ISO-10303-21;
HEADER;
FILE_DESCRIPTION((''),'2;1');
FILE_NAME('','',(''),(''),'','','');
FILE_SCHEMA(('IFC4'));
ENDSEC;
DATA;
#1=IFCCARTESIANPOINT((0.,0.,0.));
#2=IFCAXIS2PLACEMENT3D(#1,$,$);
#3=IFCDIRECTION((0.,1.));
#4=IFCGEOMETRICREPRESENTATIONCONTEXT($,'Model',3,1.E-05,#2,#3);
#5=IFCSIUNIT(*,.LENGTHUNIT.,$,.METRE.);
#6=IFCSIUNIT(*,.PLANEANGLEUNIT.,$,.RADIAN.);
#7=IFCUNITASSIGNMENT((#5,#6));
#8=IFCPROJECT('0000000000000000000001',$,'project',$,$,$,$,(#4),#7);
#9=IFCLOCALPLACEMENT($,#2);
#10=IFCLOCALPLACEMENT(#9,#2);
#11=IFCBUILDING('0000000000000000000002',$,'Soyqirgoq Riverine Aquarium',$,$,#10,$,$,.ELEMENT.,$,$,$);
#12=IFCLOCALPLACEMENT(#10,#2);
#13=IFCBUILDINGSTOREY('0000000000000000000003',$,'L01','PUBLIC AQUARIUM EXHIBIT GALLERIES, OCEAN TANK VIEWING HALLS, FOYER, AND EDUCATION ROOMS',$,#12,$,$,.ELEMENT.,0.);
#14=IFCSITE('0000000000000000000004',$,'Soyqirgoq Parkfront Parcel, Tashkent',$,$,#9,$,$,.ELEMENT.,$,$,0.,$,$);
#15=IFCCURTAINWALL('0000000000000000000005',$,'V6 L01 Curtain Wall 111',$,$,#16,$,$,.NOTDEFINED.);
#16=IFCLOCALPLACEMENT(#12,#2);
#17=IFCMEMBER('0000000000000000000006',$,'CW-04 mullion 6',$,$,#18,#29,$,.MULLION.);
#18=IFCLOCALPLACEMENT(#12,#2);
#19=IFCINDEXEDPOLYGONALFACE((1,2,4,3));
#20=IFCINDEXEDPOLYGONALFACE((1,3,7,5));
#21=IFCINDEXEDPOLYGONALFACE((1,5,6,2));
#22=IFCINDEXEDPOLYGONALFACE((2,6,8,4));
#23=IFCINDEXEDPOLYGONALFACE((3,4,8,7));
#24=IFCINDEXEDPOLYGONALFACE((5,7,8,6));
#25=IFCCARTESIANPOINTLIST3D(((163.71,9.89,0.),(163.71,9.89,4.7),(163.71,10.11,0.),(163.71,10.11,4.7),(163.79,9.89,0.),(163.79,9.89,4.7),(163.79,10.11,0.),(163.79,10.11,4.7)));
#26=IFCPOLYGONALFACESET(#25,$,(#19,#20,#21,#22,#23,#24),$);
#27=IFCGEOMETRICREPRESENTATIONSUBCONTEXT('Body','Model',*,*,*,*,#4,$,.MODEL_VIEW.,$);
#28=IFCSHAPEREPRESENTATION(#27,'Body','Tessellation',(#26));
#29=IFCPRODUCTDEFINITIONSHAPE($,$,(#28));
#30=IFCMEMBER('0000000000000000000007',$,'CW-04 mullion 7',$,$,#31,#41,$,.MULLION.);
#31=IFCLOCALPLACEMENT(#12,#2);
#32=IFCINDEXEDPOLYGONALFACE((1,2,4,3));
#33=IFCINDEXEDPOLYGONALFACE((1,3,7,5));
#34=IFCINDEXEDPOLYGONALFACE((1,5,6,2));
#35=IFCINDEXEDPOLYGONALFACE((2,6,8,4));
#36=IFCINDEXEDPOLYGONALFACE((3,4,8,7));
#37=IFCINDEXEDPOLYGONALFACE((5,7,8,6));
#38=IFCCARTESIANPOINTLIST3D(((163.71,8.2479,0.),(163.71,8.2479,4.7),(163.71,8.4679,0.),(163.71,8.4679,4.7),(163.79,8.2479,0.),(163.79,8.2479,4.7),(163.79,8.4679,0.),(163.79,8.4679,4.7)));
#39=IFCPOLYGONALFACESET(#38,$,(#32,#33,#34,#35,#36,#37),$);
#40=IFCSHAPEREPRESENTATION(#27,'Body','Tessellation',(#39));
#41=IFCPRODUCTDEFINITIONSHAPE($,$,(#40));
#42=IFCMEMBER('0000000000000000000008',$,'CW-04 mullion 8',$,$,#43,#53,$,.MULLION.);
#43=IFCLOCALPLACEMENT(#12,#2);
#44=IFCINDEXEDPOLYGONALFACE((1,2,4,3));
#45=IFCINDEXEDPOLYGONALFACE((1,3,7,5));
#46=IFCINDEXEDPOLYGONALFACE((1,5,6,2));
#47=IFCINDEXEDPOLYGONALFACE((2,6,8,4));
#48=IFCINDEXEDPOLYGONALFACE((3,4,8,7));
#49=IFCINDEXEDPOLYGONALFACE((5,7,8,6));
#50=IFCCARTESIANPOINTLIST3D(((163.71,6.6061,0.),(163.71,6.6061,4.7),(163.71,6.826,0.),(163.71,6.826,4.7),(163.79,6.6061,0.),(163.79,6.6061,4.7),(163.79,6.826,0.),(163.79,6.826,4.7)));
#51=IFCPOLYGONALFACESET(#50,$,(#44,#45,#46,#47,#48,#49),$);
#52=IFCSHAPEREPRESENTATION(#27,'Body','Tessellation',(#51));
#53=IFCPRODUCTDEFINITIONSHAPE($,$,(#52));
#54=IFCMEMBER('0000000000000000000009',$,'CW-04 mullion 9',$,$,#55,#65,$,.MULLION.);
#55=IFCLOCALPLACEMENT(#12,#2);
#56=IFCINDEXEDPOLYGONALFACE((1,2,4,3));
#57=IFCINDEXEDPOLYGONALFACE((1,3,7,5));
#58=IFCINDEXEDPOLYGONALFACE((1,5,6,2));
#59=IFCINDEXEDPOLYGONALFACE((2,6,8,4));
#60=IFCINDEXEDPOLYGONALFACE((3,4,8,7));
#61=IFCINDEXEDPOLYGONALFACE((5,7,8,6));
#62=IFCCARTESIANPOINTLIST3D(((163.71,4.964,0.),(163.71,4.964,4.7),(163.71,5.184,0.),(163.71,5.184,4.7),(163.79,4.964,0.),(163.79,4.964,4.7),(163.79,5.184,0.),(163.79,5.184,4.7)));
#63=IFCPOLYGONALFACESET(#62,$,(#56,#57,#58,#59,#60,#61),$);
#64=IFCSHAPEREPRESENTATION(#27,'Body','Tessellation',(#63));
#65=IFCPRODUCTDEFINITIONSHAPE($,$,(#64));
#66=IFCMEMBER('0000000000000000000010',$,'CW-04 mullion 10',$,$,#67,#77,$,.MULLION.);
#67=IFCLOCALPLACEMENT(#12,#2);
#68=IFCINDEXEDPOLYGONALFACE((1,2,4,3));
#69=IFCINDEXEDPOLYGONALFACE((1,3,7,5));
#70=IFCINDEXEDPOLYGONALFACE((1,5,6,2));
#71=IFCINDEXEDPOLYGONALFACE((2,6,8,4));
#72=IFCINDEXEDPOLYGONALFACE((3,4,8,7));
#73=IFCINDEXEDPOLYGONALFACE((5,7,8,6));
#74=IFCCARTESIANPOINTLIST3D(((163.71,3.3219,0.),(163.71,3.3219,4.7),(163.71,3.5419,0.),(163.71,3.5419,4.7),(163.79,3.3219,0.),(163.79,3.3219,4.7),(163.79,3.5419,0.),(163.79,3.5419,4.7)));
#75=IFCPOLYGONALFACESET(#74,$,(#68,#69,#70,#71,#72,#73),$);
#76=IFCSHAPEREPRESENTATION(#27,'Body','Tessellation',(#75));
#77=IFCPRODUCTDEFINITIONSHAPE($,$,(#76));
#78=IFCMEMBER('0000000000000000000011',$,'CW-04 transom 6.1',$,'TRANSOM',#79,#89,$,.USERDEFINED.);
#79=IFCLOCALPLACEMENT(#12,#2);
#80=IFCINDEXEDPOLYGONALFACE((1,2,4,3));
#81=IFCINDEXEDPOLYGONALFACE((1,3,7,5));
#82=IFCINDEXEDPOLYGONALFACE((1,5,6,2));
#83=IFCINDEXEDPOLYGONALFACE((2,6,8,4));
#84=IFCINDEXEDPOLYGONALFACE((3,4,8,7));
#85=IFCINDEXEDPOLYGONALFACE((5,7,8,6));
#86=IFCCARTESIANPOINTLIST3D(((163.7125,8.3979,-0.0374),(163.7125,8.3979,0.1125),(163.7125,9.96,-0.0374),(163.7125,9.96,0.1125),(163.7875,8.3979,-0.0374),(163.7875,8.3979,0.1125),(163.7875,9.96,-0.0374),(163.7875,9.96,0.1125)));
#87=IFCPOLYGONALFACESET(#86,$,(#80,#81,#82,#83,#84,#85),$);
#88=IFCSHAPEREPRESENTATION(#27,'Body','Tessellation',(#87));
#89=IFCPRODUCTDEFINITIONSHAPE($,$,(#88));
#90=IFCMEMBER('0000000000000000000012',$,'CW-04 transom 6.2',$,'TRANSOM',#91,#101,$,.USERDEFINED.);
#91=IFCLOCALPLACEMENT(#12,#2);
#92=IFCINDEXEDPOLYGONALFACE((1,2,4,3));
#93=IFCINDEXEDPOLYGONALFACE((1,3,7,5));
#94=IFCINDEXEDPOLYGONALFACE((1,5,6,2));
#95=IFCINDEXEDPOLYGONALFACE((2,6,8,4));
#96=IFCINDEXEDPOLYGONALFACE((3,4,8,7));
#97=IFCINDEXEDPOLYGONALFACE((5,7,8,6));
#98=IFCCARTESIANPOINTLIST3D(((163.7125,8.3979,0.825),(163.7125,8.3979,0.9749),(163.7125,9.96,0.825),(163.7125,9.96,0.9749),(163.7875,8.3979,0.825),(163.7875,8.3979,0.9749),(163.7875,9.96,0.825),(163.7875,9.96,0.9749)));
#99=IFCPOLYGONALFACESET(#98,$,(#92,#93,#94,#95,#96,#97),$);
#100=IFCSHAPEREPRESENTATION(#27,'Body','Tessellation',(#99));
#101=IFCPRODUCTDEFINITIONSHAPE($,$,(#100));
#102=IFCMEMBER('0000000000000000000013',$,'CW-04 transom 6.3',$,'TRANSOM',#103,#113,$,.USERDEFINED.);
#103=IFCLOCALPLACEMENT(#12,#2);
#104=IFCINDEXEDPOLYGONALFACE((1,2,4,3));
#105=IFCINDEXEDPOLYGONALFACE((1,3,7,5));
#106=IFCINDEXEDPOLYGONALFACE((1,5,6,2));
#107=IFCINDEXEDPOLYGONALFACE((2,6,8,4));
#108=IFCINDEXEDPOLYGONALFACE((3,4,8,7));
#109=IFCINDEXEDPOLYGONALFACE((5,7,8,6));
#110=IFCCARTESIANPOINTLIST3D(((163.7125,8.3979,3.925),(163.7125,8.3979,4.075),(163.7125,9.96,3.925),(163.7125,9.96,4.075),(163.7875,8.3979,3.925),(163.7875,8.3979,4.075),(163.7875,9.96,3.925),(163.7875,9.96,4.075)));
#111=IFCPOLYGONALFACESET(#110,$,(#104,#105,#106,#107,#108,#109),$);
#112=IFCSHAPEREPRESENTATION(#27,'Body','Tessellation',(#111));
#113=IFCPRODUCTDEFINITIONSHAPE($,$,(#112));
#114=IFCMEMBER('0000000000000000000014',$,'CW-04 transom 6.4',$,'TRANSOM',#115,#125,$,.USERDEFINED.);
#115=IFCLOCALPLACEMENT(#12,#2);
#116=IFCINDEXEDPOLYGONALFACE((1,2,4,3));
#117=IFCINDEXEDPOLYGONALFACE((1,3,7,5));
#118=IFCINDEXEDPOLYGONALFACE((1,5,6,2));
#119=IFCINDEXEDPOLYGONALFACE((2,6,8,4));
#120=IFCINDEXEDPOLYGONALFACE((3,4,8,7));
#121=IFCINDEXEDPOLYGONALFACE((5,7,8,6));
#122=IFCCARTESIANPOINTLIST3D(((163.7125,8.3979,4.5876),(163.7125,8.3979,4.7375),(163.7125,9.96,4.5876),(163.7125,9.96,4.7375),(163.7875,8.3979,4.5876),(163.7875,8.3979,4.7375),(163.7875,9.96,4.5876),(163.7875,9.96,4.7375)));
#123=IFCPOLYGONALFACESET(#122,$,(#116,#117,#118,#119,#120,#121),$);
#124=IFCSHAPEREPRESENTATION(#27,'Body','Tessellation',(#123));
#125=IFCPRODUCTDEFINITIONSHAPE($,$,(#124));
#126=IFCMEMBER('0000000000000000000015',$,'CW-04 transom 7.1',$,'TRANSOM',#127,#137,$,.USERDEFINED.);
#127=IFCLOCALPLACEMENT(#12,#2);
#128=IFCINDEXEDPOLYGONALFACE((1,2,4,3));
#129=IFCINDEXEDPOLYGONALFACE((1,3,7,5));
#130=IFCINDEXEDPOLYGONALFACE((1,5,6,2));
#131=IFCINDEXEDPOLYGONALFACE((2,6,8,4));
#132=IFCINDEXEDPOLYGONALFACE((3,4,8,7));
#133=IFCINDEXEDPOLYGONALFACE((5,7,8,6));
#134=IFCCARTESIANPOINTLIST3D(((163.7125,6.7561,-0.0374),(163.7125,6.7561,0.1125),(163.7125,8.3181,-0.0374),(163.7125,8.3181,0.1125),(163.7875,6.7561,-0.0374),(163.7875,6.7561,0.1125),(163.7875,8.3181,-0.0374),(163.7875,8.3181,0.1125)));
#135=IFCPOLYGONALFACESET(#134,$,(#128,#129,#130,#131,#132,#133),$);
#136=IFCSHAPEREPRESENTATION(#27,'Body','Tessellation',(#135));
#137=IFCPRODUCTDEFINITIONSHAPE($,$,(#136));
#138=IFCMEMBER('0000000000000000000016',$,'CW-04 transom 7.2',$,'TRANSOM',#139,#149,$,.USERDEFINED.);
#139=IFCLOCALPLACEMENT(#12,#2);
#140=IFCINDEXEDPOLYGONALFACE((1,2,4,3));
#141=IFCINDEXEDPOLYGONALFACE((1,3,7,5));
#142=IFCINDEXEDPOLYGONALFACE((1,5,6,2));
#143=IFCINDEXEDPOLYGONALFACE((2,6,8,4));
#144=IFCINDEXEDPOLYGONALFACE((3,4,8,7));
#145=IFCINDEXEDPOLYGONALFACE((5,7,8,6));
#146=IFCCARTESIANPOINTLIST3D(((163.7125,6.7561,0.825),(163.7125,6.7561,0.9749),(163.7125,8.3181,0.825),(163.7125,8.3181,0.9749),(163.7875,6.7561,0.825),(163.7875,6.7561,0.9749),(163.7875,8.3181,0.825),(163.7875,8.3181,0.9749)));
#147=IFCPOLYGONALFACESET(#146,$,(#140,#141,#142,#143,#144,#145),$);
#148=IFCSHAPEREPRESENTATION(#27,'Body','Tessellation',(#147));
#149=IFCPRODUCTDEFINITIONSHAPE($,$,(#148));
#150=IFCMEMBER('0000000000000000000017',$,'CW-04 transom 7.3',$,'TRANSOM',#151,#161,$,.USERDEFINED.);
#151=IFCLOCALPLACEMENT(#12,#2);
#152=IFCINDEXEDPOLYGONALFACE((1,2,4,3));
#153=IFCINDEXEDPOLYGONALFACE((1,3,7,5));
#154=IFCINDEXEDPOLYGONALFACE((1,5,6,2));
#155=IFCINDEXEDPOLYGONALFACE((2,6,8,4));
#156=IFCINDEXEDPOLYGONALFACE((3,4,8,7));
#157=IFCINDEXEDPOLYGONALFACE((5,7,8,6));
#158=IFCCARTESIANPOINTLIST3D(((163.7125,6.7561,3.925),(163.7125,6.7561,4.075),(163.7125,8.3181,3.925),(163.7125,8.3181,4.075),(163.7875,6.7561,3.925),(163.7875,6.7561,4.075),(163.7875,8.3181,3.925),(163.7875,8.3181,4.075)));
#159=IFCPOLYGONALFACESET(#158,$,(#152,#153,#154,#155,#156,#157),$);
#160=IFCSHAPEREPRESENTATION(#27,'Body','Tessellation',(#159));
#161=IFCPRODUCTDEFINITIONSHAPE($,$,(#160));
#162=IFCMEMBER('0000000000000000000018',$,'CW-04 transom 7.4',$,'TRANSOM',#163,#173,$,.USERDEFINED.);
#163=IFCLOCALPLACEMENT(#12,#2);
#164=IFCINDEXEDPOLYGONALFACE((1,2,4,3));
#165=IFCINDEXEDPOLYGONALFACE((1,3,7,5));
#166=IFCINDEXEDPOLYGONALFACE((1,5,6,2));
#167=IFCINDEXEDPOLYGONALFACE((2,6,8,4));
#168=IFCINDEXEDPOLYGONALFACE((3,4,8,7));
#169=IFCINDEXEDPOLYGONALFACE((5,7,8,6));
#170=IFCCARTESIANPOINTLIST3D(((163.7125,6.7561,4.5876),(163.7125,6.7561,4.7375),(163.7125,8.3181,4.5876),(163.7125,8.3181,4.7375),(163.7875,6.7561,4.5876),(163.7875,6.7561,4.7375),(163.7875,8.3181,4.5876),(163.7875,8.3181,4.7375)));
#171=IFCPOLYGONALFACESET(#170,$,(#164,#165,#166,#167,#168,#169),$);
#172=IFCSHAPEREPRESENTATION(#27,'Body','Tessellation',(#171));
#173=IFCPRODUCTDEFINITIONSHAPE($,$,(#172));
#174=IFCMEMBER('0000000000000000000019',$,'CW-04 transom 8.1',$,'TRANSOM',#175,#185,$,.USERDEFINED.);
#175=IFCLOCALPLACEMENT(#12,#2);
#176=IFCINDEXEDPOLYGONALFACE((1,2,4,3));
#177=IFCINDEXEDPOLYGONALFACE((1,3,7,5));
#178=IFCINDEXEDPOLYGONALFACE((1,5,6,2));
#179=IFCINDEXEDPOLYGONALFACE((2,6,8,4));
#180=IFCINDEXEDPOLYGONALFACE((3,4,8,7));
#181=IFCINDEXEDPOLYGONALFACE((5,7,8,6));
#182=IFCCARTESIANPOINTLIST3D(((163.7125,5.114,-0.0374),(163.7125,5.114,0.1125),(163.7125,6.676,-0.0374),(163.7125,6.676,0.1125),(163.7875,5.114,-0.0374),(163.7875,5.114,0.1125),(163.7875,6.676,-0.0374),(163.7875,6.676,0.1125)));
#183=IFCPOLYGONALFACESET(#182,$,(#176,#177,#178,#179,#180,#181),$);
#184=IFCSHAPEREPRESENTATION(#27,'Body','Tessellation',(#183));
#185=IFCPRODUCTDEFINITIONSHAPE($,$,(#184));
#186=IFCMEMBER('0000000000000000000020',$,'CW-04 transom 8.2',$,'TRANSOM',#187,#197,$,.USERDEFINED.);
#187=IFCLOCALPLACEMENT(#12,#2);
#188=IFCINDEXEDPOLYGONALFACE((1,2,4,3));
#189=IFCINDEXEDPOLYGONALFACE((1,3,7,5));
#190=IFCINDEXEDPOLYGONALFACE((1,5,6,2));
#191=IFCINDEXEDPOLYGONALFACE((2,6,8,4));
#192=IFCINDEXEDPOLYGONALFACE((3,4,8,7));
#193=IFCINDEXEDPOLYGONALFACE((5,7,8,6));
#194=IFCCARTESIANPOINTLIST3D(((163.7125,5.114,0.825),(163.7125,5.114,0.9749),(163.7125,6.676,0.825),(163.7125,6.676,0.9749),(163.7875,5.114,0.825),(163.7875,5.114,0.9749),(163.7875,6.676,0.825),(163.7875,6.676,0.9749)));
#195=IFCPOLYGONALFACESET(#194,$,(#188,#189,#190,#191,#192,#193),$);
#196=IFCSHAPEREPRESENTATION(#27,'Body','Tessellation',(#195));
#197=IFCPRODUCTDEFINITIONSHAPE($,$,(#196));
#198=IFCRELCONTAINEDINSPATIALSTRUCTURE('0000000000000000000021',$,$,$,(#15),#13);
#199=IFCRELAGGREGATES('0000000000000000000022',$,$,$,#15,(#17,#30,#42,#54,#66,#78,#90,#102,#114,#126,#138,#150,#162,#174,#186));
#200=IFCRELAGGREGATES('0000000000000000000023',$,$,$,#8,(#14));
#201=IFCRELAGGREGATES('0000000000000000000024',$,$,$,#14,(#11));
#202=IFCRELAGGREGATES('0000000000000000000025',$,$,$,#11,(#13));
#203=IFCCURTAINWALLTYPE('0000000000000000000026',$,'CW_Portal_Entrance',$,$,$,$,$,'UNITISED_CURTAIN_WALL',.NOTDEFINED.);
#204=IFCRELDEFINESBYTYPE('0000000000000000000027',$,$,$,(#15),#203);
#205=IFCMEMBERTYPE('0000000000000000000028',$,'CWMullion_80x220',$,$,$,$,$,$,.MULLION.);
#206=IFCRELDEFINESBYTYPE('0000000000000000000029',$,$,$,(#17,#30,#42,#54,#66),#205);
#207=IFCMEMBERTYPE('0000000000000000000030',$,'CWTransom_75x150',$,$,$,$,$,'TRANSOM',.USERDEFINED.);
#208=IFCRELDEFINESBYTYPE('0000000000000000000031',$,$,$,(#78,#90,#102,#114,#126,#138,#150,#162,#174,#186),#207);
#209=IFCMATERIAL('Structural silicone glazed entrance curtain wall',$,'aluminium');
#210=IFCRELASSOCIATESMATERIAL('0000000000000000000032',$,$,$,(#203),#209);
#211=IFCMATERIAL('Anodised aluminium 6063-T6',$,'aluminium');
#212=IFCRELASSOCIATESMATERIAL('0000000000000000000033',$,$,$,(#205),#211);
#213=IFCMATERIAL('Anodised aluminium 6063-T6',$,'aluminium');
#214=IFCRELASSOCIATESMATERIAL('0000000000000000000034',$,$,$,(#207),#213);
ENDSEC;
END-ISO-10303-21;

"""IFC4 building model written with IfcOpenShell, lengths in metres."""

from ifc_helpers import new_model, si_unit, direction, frame, origin, origin_2d, place, context, subcontext, project, spatial, rectangle, extrude, material, material_profile, profile_set, type_object, element, aggregate, save


model = new_model("IFC4")

# Units and contexts
model_context = context("Model", 3, precision=1e-05, world=origin(), true_north=direction((0.0, 1.0)))
body_context = subcontext(model_context, "Body", "Model", "MODEL_VIEW")
ifc_project = project(units=[si_unit("LENGTHUNIT", "METRE"), si_unit("PLANEANGLEUNIT", "RADIAN")], contexts=[model_context])

# Site, building, storey
site_placement = place(None, origin())
site = spatial("IfcSite", under=ifc_project, at=site_placement, Name="Soyqirgoq Parkfront Parcel, Tashkent", CompositionType="ELEMENT", RefElevation=0.0)
building_placement = place(site_placement, origin())
building = spatial("IfcBuilding", under=site, at=building_placement, Name="Soyqirgoq Riverine Aquarium", CompositionType="ELEMENT")
storey_placement = place(building_placement, origin())
storey = spatial("IfcBuildingStorey", under=building, at=storey_placement, Name="L01", Description="PUBLIC AQUARIUM EXHIBIT GALLERIES, OCEAN TANK VIEWING HALLS, FOYER, AND EDUCATION ROOMS", CompositionType="ELEMENT", Elevation=0.0)

# Curtain wall, members
ifc_material_1 = material(Name="Structural silicone glazed entrance curtain wall", Category="aluminium")
curtain_wall_type = type_object("IfcCurtainWallType", Name="CW_Portal_Entrance", ElementType="UNITISED_CURTAIN_WALL", PredefinedType="NOTDEFINED", material=ifc_material_1)
curtain_wall_placement = place(storey_placement, origin())
curtain_wall = element("IfcCurtainWall", 1, at=curtain_wall_placement, inside=storey, type_object=curtain_wall_type, Name="V6 L01 Curtain Wall 111", PredefinedType="NOTDEFINED")
ifc_material_2 = material(Name="Anodised aluminium 6063-T6", Category="aluminium")
ifc_material_profile_1 = material_profile(ifc_material_2, rectangle(XDim=0.0801, YDim=0.22, at=origin_2d()), Name="ALU-M 80x220")
ifc_profile_set_1 = profile_set([ifc_material_profile_1], Name="Anodised aluminium 6063-T6")
member_type_1 = type_object("IfcMemberType", Name="CWMullion_80x220", PredefinedType="MULLION", material=ifc_profile_set_1)
member_1_placement = place(storey_placement, frame((163.75, 10.0, 0.0), z_axis=(0.0, 0.0, 1.0), x_axis=(1.0, 0.0, 0.0)))
member_1 = element("IfcMember", 2, at=member_1_placement, type_object=member_type_1, Name="CW-04 mullion 6", PredefinedType="MULLION", context=body_context, shape_type="SweptSolid", body=[
    extrude(rectangle(XDim=0.0801, YDim=0.22, at=origin_2d()), origin(), (0.0, 0.0, 1.0), 4.7),
])
member_2_placement = place(storey_placement, frame((163.75, 8.3579, 0.0), z_axis=(0.0, 0.0, 1.0), x_axis=(1.0, 0.0, 0.0)))
member_2 = element("IfcMember", 3, at=member_2_placement, type_object=member_type_1, Name="CW-04 mullion 7", PredefinedType="MULLION", context=body_context, shape_type="SweptSolid", body=[
    extrude(rectangle(XDim=0.0801, YDim=0.22, at=origin_2d()), origin(), (0.0, 0.0, 1.0), 4.7),
])
member_3_placement = place(storey_placement, frame((163.75, 6.7161, 0.0), z_axis=(0.0, 0.0, 1.0), x_axis=(1.0, 0.0, 0.0)))
member_3 = element("IfcMember", 4, at=member_3_placement, type_object=member_type_1, Name="CW-04 mullion 8", PredefinedType="MULLION", context=body_context, shape_type="SweptSolid", body=[
    extrude(rectangle(XDim=0.0801, YDim=0.22, at=origin_2d()), origin(), (0.0, 0.0, 1.0), 4.7),
])
member_4_placement = place(storey_placement, frame((163.75, 5.074, 0.0), z_axis=(0.0, 0.0, 1.0), x_axis=(1.0, 0.0, 0.0)))
member_4 = element("IfcMember", 5, at=member_4_placement, type_object=member_type_1, Name="CW-04 mullion 9", PredefinedType="MULLION", context=body_context, shape_type="SweptSolid", body=[
    extrude(rectangle(XDim=0.0801, YDim=0.22, at=origin_2d()), origin(), (0.0, 0.0, 1.0), 4.7),
])
member_5_placement = place(storey_placement, frame((163.75, 3.4319, 0.0), z_axis=(0.0, 0.0, 1.0), x_axis=(1.0, 0.0, 0.0)))
member_5 = element("IfcMember", 6, at=member_5_placement, type_object=member_type_1, Name="CW-04 mullion 10", PredefinedType="MULLION", context=body_context, shape_type="SweptSolid", body=[
    extrude(rectangle(XDim=0.0801, YDim=0.22, at=origin_2d()), origin(), (0.0, 0.0, 1.0), 4.7),
])
ifc_material_3 = material(Name="Anodised aluminium 6063-T6", Category="aluminium")
ifc_material_profile_2 = material_profile(ifc_material_3, rectangle(XDim=0.075, YDim=0.1499, at=origin_2d()), Name="ALU-T 75x150")
ifc_profile_set_2 = profile_set([ifc_material_profile_2], Name="Anodised aluminium 6063-T6")
member_type_2 = type_object("IfcMemberType", Name="CWTransom_75x150", ElementType="TRANSOM", PredefinedType="USERDEFINED", material=ifc_profile_set_2)
member_6_placement = place(storey_placement, frame((163.75, 9.96, 0.0376), z_axis=(0.0, -1.0, 0.0), x_axis=(1.0, 0.0, 0.0)))
member_6 = element("IfcMember", 7, at=member_6_placement, type_object=member_type_2, Name="CW-04 transom 6.1", ObjectType="TRANSOM", PredefinedType="USERDEFINED", context=body_context, shape_type="SweptSolid", body=[
    extrude(rectangle(XDim=0.075, YDim=0.1499, at=origin_2d()), origin(), (0.0, 0.0, 1.0), 1.562),
])
member_7_placement = place(storey_placement, frame((163.75, 9.96, 0.8999), z_axis=(0.0, -1.0, 0.0), x_axis=(1.0, 0.0, 0.0)))
member_7 = element("IfcMember", 8, at=member_7_placement, type_object=member_type_2, Name="CW-04 transom 6.2", ObjectType="TRANSOM", PredefinedType="USERDEFINED", context=body_context, shape_type="SweptSolid", body=[
    extrude(rectangle(XDim=0.075, YDim=0.1499, at=origin_2d()), origin(), (0.0, 0.0, 1.0), 1.562),
])
member_8_placement = place(storey_placement, frame((163.75, 9.96, 4.0), z_axis=(0.0, -1.0, 0.0), x_axis=(1.0, 0.0, 0.0)))
member_8 = element("IfcMember", 9, at=member_8_placement, type_object=member_type_2, Name="CW-04 transom 6.3", ObjectType="TRANSOM", PredefinedType="USERDEFINED", context=body_context, shape_type="SweptSolid", body=[
    extrude(rectangle(XDim=0.075, YDim=0.1499, at=origin_2d()), origin(), (0.0, 0.0, 1.0), 1.562),
])
member_9_placement = place(storey_placement, frame((163.75, 9.96, 4.6626), z_axis=(0.0, -1.0, 0.0), x_axis=(1.0, 0.0, 0.0)))
member_9 = element("IfcMember", 10, at=member_9_placement, type_object=member_type_2, Name="CW-04 transom 6.4", ObjectType="TRANSOM", PredefinedType="USERDEFINED", context=body_context, shape_type="SweptSolid", body=[
    extrude(rectangle(XDim=0.075, YDim=0.1499, at=origin_2d()), origin(), (0.0, 0.0, 1.0), 1.562),
])
member_10_placement = place(storey_placement, frame((163.75, 8.3181, 0.0376), z_axis=(0.0, -1.0, 0.0), x_axis=(1.0, 0.0, 0.0)))
member_10 = element("IfcMember", 11, at=member_10_placement, type_object=member_type_2, Name="CW-04 transom 7.1", ObjectType="TRANSOM", PredefinedType="USERDEFINED", context=body_context, shape_type="SweptSolid", body=[
    extrude(rectangle(XDim=0.075, YDim=0.1499, at=origin_2d()), origin(), (0.0, 0.0, 1.0), 1.562),
])
member_11_placement = place(storey_placement, frame((163.75, 8.3181, 0.8999), z_axis=(0.0, -1.0, 0.0), x_axis=(1.0, 0.0, 0.0)))
member_11 = element("IfcMember", 12, at=member_11_placement, type_object=member_type_2, Name="CW-04 transom 7.2", ObjectType="TRANSOM", PredefinedType="USERDEFINED", context=body_context, shape_type="SweptSolid", body=[
    extrude(rectangle(XDim=0.075, YDim=0.1499, at=origin_2d()), origin(), (0.0, 0.0, 1.0), 1.562),
])
member_12_placement = place(storey_placement, frame((163.75, 8.3181, 4.0), z_axis=(0.0, -1.0, 0.0), x_axis=(1.0, 0.0, 0.0)))
member_12 = element("IfcMember", 13, at=member_12_placement, type_object=member_type_2, Name="CW-04 transom 7.3", ObjectType="TRANSOM", PredefinedType="USERDEFINED", context=body_context, shape_type="SweptSolid", body=[
    extrude(rectangle(XDim=0.075, YDim=0.1499, at=origin_2d()), origin(), (0.0, 0.0, 1.0), 1.562),
])
member_13_placement = place(storey_placement, frame((163.75, 8.3181, 4.6626), z_axis=(0.0, -1.0, 0.0), x_axis=(1.0, 0.0, 0.0)))
member_13 = element("IfcMember", 14, at=member_13_placement, type_object=member_type_2, Name="CW-04 transom 7.4", ObjectType="TRANSOM", PredefinedType="USERDEFINED", context=body_context, shape_type="SweptSolid", body=[
    extrude(rectangle(XDim=0.075, YDim=0.1499, at=origin_2d()), origin(), (0.0, 0.0, 1.0), 1.562),
])
member_14_placement = place(storey_placement, frame((163.75, 6.676, 0.0376), z_axis=(0.0, -1.0, 0.0), x_axis=(1.0, 0.0, 0.0)))
member_14 = element("IfcMember", 15, at=member_14_placement, type_object=member_type_2, Name="CW-04 transom 8.1", ObjectType="TRANSOM", PredefinedType="USERDEFINED", context=body_context, shape_type="SweptSolid", body=[
    extrude(rectangle(XDim=0.075, YDim=0.1499, at=origin_2d()), origin(), (0.0, 0.0, 1.0), 1.562),
])
member_15_placement = place(storey_placement, frame((163.75, 6.676, 0.8999), z_axis=(0.0, -1.0, 0.0), x_axis=(1.0, 0.0, 0.0)))
member_15 = element("IfcMember", 16, at=member_15_placement, type_object=member_type_2, Name="CW-04 transom 8.2", ObjectType="TRANSOM", PredefinedType="USERDEFINED", context=body_context, shape_type="SweptSolid", body=[
    extrude(rectangle(XDim=0.075, YDim=0.1499, at=origin_2d()), origin(), (0.0, 0.0, 1.0), 1.562),
])
aggregate(curtain_wall, [member_1, member_2, member_3, member_4, member_5, member_6, member_7, member_8, member_9, member_10, member_11, member_12, member_13, member_14, member_15])

save(model, "model.ifc")
